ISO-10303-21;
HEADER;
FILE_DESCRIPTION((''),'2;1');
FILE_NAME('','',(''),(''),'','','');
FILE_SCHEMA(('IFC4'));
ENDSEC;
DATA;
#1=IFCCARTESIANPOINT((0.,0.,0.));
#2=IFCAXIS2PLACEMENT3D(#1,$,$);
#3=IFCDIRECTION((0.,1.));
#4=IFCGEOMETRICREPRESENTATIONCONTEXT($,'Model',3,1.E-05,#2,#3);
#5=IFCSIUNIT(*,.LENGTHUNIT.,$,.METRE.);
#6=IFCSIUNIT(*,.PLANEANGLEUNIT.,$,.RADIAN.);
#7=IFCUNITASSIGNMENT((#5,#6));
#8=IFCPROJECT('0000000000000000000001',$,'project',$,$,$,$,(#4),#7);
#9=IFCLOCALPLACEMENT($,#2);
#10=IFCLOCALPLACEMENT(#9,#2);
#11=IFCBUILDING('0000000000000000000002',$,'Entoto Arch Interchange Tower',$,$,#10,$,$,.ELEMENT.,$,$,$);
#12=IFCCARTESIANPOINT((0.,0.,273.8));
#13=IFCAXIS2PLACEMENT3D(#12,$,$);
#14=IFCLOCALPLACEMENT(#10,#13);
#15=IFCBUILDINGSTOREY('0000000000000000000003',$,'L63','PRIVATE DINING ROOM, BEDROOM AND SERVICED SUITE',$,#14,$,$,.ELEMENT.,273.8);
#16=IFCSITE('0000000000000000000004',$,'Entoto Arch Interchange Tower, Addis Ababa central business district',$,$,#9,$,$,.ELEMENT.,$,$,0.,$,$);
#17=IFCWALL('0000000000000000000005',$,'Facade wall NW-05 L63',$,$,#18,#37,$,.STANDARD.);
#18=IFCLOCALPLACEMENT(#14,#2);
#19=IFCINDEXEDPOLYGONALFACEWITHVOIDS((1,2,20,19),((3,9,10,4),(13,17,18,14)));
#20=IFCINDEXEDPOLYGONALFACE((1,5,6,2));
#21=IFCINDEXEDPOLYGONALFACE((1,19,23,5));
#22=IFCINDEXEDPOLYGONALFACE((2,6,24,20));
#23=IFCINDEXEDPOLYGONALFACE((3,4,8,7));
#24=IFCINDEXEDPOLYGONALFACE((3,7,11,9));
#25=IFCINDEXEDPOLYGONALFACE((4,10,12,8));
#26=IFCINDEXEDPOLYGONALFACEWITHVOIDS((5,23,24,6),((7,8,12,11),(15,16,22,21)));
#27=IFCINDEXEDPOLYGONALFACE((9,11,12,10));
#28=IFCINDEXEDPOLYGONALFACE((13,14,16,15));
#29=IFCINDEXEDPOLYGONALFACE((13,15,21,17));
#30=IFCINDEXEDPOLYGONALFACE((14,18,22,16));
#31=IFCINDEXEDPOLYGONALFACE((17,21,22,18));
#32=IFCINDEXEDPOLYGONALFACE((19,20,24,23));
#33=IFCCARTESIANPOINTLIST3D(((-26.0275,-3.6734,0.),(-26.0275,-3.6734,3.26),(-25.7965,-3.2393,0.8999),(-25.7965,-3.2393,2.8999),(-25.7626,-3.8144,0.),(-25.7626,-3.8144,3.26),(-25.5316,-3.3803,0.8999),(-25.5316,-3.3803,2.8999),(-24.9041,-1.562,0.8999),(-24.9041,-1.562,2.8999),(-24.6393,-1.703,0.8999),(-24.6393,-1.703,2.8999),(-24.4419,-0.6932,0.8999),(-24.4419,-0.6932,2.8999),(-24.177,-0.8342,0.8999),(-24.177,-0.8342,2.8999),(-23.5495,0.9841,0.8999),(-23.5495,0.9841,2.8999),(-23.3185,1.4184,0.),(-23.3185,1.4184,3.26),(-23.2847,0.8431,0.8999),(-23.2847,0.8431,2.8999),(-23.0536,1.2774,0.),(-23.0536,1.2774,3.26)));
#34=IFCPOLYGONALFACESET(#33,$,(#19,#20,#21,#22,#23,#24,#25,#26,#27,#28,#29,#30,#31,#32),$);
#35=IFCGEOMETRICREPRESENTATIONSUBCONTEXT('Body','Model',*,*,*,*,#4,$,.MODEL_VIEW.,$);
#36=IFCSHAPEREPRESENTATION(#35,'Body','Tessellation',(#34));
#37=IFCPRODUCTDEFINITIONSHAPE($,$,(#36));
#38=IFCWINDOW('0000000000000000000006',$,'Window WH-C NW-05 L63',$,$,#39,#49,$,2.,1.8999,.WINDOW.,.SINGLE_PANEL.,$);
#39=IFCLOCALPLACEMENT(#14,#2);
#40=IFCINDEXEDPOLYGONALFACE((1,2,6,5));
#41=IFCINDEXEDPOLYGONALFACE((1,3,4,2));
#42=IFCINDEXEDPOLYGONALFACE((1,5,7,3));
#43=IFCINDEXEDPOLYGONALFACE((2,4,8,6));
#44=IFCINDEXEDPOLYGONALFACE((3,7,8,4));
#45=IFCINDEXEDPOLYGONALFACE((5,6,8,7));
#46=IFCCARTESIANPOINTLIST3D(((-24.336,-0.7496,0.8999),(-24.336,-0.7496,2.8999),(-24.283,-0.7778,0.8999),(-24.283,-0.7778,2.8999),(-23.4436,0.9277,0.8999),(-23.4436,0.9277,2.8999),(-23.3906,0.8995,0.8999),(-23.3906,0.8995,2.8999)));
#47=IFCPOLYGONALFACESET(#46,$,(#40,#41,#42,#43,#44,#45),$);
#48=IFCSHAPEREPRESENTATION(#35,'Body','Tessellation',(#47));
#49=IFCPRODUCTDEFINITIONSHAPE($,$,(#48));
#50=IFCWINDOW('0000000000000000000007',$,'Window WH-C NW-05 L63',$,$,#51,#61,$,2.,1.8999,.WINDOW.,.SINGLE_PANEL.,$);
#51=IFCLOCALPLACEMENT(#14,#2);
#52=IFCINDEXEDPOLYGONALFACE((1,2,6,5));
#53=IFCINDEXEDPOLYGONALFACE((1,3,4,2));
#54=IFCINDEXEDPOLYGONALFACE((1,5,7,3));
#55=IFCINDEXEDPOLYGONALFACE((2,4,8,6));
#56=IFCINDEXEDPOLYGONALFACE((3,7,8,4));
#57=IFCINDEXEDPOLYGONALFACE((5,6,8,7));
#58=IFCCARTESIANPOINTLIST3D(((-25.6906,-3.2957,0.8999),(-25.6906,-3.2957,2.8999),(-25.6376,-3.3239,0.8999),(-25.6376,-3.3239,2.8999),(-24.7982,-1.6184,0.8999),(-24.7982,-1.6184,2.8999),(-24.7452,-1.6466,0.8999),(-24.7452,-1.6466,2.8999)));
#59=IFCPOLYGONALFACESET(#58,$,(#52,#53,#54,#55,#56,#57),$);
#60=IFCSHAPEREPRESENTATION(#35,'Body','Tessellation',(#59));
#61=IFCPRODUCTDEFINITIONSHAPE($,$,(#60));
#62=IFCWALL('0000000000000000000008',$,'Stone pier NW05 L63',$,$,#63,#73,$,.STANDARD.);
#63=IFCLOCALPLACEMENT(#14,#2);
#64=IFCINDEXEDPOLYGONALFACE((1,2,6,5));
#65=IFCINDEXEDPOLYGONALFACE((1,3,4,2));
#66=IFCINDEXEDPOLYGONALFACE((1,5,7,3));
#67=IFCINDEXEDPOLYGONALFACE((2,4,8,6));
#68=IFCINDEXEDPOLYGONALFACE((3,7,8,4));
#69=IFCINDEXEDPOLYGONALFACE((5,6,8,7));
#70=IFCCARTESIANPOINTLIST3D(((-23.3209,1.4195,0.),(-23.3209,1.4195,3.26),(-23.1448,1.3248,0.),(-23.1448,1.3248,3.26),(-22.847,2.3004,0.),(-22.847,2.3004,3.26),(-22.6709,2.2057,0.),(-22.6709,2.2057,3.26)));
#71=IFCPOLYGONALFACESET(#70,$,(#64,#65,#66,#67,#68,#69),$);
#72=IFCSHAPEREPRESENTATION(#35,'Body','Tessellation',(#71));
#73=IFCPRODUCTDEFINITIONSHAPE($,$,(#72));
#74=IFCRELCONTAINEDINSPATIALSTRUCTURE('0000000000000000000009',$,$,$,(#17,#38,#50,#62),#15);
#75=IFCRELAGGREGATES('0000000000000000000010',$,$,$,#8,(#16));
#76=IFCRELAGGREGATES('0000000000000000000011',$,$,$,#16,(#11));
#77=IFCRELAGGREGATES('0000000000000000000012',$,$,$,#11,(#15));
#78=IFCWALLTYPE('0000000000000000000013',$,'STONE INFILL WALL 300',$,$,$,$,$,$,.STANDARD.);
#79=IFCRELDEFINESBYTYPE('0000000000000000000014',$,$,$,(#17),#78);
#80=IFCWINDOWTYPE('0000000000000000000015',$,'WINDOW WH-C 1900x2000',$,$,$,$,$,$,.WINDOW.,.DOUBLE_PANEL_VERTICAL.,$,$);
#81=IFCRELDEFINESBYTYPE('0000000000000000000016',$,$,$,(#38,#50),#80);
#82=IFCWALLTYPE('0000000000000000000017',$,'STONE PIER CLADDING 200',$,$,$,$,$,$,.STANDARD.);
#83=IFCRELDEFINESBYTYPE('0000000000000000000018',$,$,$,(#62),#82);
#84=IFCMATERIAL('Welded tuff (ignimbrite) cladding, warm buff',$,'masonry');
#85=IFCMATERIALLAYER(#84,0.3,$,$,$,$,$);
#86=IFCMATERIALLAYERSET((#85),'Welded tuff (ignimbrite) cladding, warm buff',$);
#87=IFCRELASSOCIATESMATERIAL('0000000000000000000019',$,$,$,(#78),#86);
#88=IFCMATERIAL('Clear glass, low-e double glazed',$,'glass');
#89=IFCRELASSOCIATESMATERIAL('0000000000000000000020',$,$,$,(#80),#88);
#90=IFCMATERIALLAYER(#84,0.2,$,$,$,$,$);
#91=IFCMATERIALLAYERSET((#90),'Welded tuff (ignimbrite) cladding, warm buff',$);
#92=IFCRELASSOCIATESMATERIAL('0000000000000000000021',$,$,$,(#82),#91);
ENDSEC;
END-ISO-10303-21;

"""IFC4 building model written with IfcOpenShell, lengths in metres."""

from ifc_helpers import new_model, si_unit, direction, frame, frame_2d, origin, place, context, subcontext, project, spatial, rectangle, extrude, material, layer, layer_set, type_object, element, fill, save


model = new_model("IFC4")

# Units and contexts
model_context = context("Model", 3, precision=1e-05, world=origin(), true_north=direction((0.0, 1.0)))
body_context = subcontext(model_context, "Body", "Model", "MODEL_VIEW")
ifc_project = project(units=[si_unit("LENGTHUNIT", "METRE"), si_unit("PLANEANGLEUNIT", "RADIAN")], contexts=[model_context])

# Site, building, storey
site_placement = place(None, origin())
site = spatial("IfcSite", under=ifc_project, at=site_placement, Name="Entoto Arch Interchange Tower, Addis Ababa central business district", CompositionType="ELEMENT", RefElevation=0.0)
building_placement = place(site_placement, origin())
building = spatial("IfcBuilding", under=site, at=building_placement, Name="Entoto Arch Interchange Tower", CompositionType="ELEMENT")
storey_placement = place(building_placement, frame((0.0, 0.0, 273.8)))
storey = spatial("IfcBuildingStorey", under=building, at=storey_placement, Name="L63", Description="PRIVATE DINING ROOM, BEDROOM AND SERVICED SUITE", CompositionType="ELEMENT", Elevation=273.8)

# Wall, openings, windows
ifc_material_1 = material(Name="Welded tuff (ignimbrite) cladding, warm buff", Category="masonry")
ifc_layer_1 = layer(ifc_material_1, 0.3)
ifc_layer_set_1 = layer_set([ifc_layer_1], Name="Welded tuff (ignimbrite) cladding, warm buff")
wall_type_1 = type_object("IfcWallType", Name="STONE INFILL WALL 300", PredefinedType="STANDARD", material=ifc_layer_set_1)
ifc_material_2 = material(Name="Clear glass, low-e double glazed", Category="glass")
window_type = type_object("IfcWindowType", Name="WINDOW WH-C 1900x2000", PartitioningType="DOUBLE_PANEL_VERTICAL", PredefinedType="WINDOW", material=ifc_material_2)
wall_1_placement = place(storey_placement, frame((-23.186, 1.3479, 0.0), z_axis=(0.0, 0.0, 1.0), x_axis=(-0.469692, -0.882831, 0.0)))
wall_1 = element("IfcWall", 1, at=wall_1_placement, inside=storey, type_object=wall_type_1, Name="Facade wall NW-05 L63", PredefinedType="STANDARD", context=body_context, shape_type="SweptSolid", body=[
    extrude(rectangle(XDim=5.7676, YDim=0.3, at=frame_2d((2.8838, 0.0))), origin(), (0.0, 0.0, 1.0), 3.26),
])
opening_1_placement = place(wall_1_placement, frame((0.4919, 0.0, 0.8999)))
opening_1 = element("IfcOpeningElement", 2, at=opening_1_placement, cuts=wall_1, PredefinedType="OPENING", context=body_context, shape_type="SweptSolid", body=[
    extrude(rectangle(XDim=1.8999, YDim=2.0, at=frame_2d((0.95, 1.0))), frame((0.0, 0.1602, 0.0), z_axis=(0.0, -1.0, 0.0), x_axis=(1.0, 0.0, 0.0)), (0.0, 0.0, 1.0), 0.3201),
])
opening_2_placement = place(wall_1_placement, frame((3.376, 0.0, 0.8999)))
opening_2 = element("IfcOpeningElement", 3, at=opening_2_placement, cuts=wall_1, PredefinedType="OPENING", context=body_context, shape_type="SweptSolid", body=[
    extrude(rectangle(XDim=1.8999, YDim=2.0, at=frame_2d((0.95, 1.0))), frame((0.0, 0.1602, 0.0), z_axis=(0.0, -1.0, 0.0), x_axis=(1.0, 0.0, 0.0)), (0.0, 0.0, 1.0), 0.3201),
])
window_1_placement = place(opening_1_placement, origin())
window_1 = element("IfcWindow", 4, at=window_1_placement, inside=storey, type_object=window_type, Name="Window WH-C NW-05 L63", OverallHeight=2.0, OverallWidth=1.8999, PartitioningType="SINGLE_PANEL", PredefinedType="WINDOW", context=body_context, shape_type="SweptSolid", body=[
    extrude(rectangle(XDim=1.8999, YDim=2.0, at=frame_2d((0.95, 1.0))), frame((0.0, 0.03, 0.0), z_axis=(0.0, -1.0, 0.0), x_axis=(1.0, 0.0, 0.0)), (0.0, 0.0, 1.0), 0.0601),
])
fill(opening_1, window_1)
window_2_placement = place(opening_2_placement, origin())
window_2 = element("IfcWindow", 5, at=window_2_placement, inside=storey, type_object=window_type, Name="Window WH-C NW-05 L63", OverallHeight=2.0, OverallWidth=1.8999, PartitioningType="SINGLE_PANEL", PredefinedType="WINDOW", context=body_context, shape_type="SweptSolid", body=[
    extrude(rectangle(XDim=1.8999, YDim=2.0, at=frame_2d((0.95, 1.0))), frame((0.0, 0.03, 0.0), z_axis=(0.0, -1.0, 0.0), x_axis=(1.0, 0.0, 0.0)), (0.0, 0.0, 1.0), 0.0601),
])
fill(opening_2, window_2)

# Wall
ifc_layer_2 = layer(ifc_material_1, 0.2)
ifc_layer_set_2 = layer_set([ifc_layer_2], Name="Welded tuff (ignimbrite) cladding, warm buff")
wall_type_2 = type_object("IfcWallType", Name="STONE PIER CLADDING 200", PredefinedType="STANDARD", material=ifc_layer_set_2)
wall_2_placement = place(storey_placement, frame((-22.759, 2.2529, 0.0), z_axis=(0.0, 0.0, 1.0), x_axis=(-0.473765, -0.880651, 0.0)))
element("IfcWall", 6, at=wall_2_placement, inside=storey, type_object=wall_type_2, Name="Stone pier NW05 L63", PredefinedType="STANDARD", context=body_context, shape_type="SweptSolid", body=[
    extrude(rectangle(XDim=1.0002, YDim=0.2, at=frame_2d((0.5, 0.0))), origin(), (0.0, 0.0, 1.0), 3.26),
])

save(model, "model.ifc")
